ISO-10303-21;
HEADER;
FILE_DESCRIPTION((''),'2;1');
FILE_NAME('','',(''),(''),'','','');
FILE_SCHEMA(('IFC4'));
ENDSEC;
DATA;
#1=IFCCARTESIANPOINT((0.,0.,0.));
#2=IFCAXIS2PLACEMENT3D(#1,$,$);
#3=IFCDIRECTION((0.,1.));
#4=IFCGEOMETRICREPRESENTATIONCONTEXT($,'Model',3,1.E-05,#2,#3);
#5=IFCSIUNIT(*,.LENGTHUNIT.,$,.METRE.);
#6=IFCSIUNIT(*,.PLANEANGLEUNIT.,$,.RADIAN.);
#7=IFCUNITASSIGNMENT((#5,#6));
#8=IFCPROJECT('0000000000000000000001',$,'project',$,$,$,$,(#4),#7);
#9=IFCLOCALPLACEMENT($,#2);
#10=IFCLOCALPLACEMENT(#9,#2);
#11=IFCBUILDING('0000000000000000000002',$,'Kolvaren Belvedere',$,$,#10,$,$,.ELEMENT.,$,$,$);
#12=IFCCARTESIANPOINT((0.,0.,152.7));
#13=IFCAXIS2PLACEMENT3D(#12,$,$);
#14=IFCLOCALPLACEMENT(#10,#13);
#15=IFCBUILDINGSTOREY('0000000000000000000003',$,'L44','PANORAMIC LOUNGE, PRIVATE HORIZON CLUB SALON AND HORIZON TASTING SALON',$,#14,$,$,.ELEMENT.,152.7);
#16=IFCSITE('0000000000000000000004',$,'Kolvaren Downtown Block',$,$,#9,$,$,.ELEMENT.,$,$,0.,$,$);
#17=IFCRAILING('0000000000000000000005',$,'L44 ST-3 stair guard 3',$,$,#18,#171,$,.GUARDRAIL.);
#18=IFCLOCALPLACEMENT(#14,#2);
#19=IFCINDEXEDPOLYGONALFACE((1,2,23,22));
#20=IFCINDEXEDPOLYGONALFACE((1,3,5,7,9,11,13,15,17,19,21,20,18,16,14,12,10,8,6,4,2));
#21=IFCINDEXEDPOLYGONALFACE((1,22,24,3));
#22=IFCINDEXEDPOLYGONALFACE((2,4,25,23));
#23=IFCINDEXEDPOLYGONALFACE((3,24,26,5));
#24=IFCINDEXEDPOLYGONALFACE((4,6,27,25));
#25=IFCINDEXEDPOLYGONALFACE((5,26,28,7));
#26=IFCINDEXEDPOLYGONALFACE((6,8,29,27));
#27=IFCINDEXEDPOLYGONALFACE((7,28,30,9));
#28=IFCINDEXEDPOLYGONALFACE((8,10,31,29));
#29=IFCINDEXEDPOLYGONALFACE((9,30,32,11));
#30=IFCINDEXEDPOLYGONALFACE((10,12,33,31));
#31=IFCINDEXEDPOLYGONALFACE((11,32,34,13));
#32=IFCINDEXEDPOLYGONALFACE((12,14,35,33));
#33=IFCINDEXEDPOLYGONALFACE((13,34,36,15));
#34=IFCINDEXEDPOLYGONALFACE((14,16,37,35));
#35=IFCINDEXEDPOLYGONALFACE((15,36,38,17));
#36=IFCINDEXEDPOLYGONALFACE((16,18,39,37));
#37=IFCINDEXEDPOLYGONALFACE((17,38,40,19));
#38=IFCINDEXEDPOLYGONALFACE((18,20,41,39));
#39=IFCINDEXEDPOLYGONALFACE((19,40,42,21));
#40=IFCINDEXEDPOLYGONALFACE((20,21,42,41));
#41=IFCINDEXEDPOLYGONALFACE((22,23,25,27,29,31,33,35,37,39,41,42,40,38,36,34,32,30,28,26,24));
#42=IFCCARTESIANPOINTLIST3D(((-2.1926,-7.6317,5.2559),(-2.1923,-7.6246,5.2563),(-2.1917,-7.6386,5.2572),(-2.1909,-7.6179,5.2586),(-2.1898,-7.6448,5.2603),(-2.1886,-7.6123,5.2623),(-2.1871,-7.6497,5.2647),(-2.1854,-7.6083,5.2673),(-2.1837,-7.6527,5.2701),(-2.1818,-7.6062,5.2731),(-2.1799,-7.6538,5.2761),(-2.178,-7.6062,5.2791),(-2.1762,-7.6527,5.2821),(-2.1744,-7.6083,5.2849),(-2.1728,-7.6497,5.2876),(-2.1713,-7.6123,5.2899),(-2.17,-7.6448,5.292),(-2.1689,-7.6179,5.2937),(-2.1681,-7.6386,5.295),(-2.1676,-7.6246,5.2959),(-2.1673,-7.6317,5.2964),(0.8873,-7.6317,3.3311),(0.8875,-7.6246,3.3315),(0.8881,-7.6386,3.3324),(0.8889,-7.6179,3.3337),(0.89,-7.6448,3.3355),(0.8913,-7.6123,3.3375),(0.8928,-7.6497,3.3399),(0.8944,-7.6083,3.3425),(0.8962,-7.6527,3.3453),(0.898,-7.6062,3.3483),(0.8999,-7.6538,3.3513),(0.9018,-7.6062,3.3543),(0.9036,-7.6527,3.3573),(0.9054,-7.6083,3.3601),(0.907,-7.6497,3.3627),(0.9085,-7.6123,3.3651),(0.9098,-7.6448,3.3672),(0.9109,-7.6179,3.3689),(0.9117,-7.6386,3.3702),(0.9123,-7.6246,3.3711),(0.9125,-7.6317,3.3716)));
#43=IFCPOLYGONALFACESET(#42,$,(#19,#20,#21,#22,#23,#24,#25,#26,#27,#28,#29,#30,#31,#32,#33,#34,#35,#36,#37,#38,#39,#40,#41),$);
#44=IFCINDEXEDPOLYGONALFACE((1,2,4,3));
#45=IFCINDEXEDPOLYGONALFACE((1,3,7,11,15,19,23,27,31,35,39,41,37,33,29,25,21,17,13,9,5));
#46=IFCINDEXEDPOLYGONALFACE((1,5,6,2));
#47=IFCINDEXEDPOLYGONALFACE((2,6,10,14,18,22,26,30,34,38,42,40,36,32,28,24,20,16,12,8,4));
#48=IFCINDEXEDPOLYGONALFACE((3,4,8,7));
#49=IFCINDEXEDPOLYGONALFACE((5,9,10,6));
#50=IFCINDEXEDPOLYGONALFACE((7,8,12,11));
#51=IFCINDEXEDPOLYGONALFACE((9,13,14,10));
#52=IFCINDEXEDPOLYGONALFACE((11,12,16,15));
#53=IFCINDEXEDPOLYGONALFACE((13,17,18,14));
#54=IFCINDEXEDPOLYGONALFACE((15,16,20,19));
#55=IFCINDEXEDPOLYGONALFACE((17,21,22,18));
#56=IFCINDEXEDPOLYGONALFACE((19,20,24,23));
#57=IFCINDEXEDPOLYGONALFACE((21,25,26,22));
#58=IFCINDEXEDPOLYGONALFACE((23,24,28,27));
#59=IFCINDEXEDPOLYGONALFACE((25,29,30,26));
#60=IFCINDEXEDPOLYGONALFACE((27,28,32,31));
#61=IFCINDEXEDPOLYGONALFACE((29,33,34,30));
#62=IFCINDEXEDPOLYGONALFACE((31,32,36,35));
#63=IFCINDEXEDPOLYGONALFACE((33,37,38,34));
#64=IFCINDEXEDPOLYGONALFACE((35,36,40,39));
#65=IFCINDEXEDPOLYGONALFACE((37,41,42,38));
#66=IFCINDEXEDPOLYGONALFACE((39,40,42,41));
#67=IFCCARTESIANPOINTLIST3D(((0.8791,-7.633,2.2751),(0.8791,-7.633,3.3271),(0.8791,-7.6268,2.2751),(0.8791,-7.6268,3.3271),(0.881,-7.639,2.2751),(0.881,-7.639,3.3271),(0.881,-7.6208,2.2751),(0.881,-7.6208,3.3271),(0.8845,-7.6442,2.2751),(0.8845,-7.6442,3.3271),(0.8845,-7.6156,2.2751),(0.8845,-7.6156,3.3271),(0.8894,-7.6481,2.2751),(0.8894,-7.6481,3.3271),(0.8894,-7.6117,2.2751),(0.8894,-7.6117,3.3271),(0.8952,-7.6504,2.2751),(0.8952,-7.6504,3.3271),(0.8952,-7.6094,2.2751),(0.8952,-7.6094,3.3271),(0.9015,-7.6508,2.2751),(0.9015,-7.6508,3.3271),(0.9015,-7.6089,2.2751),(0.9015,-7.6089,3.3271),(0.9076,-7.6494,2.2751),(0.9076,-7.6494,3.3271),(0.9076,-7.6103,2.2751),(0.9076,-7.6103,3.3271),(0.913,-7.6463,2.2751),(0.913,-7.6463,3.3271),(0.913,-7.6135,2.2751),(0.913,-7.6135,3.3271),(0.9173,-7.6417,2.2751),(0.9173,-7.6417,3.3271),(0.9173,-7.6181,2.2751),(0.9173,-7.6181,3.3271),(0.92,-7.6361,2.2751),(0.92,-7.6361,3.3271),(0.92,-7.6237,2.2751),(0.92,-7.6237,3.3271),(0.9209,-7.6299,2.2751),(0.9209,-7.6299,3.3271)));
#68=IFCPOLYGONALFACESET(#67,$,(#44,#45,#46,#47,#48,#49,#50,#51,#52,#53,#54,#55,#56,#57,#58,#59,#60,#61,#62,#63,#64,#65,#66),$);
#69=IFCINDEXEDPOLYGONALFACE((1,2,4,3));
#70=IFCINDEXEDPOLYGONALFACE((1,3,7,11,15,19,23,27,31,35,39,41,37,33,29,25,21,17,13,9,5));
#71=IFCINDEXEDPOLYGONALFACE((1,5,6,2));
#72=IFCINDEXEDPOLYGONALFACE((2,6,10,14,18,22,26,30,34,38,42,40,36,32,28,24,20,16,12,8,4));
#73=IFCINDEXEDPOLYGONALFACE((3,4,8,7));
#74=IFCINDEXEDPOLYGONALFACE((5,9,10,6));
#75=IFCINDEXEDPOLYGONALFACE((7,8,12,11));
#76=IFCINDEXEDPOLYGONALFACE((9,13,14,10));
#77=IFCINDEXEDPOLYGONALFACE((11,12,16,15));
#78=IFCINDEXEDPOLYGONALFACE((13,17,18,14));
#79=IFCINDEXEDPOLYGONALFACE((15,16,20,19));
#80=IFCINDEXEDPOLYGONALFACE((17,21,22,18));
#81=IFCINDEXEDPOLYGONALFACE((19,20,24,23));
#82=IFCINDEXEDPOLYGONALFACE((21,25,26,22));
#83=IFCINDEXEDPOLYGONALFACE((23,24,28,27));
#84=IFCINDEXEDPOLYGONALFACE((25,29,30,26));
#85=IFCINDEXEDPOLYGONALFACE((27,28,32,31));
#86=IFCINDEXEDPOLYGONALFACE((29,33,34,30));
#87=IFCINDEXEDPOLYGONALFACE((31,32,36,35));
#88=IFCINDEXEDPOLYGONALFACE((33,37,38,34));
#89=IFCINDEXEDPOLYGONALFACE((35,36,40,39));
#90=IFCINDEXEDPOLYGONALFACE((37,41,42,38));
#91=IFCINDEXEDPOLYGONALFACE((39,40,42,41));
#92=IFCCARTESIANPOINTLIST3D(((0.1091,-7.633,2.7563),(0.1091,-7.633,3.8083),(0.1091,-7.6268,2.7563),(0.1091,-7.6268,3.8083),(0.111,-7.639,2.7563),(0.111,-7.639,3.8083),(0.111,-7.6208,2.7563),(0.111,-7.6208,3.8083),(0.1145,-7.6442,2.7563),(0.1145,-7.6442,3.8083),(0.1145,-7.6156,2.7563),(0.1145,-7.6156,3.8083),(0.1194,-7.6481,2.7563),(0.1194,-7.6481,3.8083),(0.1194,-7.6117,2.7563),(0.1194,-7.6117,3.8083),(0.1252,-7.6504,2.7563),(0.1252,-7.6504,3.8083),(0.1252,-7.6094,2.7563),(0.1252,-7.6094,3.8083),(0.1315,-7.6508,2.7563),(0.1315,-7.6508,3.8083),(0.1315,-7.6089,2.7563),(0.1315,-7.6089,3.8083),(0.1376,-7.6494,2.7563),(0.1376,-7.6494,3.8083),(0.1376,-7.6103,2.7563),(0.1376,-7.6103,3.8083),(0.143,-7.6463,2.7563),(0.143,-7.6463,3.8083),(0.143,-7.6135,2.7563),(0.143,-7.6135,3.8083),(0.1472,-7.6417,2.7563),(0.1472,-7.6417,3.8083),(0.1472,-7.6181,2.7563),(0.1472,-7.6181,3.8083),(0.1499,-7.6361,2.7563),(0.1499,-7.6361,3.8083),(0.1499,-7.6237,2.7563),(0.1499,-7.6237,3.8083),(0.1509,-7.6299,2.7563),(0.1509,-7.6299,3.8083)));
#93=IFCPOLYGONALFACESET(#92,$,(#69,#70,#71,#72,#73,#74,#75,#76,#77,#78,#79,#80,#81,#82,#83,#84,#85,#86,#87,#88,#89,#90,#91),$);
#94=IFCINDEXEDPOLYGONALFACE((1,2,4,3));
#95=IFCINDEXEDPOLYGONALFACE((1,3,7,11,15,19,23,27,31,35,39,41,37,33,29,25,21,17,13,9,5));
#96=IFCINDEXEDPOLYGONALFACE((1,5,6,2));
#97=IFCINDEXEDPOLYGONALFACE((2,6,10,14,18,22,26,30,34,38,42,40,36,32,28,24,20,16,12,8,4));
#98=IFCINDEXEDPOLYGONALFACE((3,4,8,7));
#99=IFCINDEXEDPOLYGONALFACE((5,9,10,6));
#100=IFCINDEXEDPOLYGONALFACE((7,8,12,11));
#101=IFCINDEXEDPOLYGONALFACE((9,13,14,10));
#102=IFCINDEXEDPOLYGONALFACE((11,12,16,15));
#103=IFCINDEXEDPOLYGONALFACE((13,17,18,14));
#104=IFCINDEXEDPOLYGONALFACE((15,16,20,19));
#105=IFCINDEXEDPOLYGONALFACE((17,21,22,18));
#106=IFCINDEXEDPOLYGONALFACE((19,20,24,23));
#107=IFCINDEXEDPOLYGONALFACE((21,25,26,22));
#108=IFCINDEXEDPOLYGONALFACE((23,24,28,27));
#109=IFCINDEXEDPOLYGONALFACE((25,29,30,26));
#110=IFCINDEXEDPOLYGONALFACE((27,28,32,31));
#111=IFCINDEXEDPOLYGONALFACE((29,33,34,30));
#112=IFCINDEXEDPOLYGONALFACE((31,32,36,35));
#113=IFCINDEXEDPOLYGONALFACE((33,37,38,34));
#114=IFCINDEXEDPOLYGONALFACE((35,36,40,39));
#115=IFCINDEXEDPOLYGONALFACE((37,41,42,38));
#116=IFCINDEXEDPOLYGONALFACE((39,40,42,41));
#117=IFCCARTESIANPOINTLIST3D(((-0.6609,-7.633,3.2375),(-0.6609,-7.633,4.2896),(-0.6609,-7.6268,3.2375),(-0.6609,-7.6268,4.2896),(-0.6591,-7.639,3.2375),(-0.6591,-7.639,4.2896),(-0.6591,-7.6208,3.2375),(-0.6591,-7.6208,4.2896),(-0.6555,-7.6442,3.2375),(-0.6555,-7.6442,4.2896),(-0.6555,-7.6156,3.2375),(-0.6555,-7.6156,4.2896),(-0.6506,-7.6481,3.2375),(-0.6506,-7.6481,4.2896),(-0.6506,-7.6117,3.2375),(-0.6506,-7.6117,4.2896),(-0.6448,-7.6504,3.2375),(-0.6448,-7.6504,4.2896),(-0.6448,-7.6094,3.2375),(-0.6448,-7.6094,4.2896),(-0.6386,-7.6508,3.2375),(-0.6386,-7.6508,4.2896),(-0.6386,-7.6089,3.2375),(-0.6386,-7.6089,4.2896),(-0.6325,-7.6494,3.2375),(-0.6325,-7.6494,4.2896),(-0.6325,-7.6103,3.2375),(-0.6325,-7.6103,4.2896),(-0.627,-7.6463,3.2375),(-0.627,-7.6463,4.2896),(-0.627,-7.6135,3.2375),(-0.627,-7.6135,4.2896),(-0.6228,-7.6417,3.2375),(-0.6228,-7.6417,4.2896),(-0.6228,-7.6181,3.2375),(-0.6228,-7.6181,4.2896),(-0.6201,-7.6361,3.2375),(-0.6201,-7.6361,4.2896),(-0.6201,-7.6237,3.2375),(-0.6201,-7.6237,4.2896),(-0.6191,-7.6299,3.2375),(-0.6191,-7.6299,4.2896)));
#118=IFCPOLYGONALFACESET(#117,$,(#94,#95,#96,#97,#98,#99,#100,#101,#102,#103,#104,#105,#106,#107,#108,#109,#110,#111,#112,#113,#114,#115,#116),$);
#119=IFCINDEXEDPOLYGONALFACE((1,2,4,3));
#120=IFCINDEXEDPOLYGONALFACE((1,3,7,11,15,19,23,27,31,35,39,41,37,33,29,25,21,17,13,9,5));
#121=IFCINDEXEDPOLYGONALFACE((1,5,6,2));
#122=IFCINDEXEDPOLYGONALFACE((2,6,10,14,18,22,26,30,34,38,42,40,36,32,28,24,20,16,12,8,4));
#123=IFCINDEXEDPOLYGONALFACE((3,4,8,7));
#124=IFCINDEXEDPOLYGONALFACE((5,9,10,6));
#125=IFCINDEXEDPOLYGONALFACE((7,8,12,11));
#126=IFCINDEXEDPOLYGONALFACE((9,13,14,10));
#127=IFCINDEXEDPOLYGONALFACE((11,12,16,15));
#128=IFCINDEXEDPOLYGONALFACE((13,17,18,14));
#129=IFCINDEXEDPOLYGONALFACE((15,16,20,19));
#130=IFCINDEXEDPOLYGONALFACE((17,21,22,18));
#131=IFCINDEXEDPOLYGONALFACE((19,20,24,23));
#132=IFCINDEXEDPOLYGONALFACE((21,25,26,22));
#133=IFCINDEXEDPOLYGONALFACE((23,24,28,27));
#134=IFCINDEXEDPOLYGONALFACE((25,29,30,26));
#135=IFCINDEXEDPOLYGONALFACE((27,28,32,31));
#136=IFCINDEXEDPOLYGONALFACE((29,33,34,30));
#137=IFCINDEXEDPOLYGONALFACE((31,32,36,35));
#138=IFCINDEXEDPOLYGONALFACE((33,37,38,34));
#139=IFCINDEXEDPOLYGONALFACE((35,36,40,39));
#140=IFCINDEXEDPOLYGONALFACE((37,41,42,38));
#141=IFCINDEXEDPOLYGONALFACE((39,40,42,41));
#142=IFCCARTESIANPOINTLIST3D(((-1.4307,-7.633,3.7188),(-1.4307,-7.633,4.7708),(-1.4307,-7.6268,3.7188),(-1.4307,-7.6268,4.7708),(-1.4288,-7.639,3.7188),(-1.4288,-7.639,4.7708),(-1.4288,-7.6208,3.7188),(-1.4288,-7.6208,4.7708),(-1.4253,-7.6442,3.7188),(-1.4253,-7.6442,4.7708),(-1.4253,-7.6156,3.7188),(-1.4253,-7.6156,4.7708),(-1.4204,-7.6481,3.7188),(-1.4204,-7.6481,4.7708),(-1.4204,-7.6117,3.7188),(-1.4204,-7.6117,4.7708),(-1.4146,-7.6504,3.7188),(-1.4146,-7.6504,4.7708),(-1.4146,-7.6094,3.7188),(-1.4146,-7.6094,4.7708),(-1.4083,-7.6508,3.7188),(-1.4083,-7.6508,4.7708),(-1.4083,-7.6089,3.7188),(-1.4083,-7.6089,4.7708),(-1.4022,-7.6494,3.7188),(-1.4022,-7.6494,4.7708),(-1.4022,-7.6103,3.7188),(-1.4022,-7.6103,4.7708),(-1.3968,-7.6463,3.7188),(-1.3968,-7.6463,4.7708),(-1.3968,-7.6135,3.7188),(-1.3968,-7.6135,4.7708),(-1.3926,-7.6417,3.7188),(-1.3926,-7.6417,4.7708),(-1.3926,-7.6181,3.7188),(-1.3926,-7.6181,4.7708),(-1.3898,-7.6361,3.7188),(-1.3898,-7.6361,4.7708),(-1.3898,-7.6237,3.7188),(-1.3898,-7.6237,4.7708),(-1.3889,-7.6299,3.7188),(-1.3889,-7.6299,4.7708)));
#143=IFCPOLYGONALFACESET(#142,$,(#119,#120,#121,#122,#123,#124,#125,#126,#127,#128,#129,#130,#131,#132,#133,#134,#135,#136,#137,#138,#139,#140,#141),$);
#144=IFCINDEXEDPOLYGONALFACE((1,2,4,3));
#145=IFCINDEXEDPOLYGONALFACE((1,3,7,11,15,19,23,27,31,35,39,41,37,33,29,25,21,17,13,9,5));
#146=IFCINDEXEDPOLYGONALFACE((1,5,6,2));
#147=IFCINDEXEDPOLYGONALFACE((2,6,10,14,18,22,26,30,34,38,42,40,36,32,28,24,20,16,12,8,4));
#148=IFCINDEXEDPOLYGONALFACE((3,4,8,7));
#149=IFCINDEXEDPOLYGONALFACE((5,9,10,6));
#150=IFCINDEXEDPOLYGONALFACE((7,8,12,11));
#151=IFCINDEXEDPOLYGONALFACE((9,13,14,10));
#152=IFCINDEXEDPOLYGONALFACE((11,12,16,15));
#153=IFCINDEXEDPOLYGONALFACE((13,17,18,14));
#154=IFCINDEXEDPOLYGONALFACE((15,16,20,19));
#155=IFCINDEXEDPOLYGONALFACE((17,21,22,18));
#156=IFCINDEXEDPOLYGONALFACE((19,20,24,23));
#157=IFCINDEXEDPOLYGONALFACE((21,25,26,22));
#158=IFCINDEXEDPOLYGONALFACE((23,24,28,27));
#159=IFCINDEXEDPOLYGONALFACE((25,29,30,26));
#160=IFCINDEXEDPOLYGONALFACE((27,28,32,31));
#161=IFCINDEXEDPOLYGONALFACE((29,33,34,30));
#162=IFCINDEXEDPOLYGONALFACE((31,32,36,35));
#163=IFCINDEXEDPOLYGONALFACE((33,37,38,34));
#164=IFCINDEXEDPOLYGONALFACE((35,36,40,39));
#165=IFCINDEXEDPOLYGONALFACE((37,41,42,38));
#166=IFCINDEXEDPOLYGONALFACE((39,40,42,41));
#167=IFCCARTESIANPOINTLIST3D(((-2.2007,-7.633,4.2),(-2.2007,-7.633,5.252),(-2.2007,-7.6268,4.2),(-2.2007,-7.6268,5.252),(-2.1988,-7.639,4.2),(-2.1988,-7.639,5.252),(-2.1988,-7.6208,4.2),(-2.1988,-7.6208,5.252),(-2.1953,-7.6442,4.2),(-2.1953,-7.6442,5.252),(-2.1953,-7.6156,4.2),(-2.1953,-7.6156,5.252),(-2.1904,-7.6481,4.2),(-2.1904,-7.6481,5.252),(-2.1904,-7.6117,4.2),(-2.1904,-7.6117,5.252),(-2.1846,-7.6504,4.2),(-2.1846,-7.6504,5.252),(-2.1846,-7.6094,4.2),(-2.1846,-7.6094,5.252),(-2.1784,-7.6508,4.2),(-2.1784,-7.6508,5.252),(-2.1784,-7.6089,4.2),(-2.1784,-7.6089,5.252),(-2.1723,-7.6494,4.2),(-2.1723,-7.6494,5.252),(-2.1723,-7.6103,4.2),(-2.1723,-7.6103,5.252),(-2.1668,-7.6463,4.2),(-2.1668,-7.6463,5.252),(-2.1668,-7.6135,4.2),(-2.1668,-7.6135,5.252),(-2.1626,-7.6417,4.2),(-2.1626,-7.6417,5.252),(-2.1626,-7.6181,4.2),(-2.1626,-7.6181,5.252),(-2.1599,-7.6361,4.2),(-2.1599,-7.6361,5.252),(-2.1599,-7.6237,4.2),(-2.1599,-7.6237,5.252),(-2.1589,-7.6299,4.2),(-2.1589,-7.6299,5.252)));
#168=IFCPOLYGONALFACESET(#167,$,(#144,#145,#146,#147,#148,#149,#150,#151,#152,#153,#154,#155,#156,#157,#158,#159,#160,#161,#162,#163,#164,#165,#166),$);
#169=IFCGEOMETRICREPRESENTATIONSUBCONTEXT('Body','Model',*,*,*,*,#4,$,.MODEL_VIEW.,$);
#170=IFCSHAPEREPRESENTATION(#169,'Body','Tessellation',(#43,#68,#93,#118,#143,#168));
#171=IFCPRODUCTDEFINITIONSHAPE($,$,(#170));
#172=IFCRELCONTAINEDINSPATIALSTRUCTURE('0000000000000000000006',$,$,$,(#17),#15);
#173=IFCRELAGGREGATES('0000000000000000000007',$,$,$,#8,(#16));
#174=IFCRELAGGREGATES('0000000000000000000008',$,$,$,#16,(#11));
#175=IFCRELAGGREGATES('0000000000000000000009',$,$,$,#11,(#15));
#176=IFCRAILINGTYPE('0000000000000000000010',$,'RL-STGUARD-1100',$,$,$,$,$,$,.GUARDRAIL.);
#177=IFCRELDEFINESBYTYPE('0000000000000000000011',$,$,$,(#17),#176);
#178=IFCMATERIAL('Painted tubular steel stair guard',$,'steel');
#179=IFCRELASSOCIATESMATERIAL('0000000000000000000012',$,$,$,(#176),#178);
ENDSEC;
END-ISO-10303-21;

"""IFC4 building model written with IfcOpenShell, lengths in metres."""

from ifc_helpers import new_model, si_unit, direction, frame, origin, origin_2d, place, context, subcontext, project, spatial, circle, extrude, material, type_object, element, save


model = new_model("IFC4")

# Units and contexts
model_context = context("Model", 3, precision=1e-05, world=origin(), true_north=direction((0.0, 1.0)))
body_context = subcontext(model_context, "Body", "Model", "MODEL_VIEW")
ifc_project = project(units=[si_unit("LENGTHUNIT", "METRE"), si_unit("PLANEANGLEUNIT", "RADIAN")], contexts=[model_context])

# Site, building, storey
site_placement = place(None, origin())
site = spatial("IfcSite", under=ifc_project, at=site_placement, Name="Kolvaren Downtown Block", CompositionType="ELEMENT", RefElevation=0.0)
building_placement = place(site_placement, origin())
building = spatial("IfcBuilding", under=site, at=building_placement, Name="Kolvaren Belvedere", CompositionType="ELEMENT")
storey_placement = place(building_placement, frame((0.0, 0.0, 152.7)))
storey = spatial("IfcBuildingStorey", under=building, at=storey_placement, Name="L44", Description="PANORAMIC LOUNGE, PRIVATE HORIZON CLUB SALON AND HORIZON TASTING SALON", CompositionType="ELEMENT", Elevation=152.7)

# Railing
ifc_material_1 = material(Name="Painted tubular steel stair guard", Category="steel")
railing_type = type_object("IfcRailingType", Name="RL-STGUARD-1100", PredefinedType="GUARDRAIL", material=ifc_material_1)
railing_1_placement = place(storey_placement, frame((0.8999, -7.6299, 2.2751)))
element("IfcRailing", 1, at=railing_1_placement, inside=storey, type_object=railing_type, Name="L44 ST-3 stair guard 3", PredefinedType="GUARDRAIL", context=body_context, shape_type="SweptSolid", body=[
    extrude(circle(Radius=0.0239, at=origin_2d()), frame((0.0, 0.0, 1.0762), z_axis=(-0.84801, 0.0, 0.529981), x_axis=(0.0, -1.0, 0.0)), (0.0, 0.0, 1.0), 3.6318),
    extrude(circle(Radius=0.021, at=origin_2d()), origin(), (0.0, 0.0, 1.0), 1.052),
    extrude(circle(Radius=0.021, at=origin_2d()), frame((-0.77, 0.0, 0.4812)), (0.0, 0.0, 1.0), 1.052),
    extrude(circle(Radius=0.021, at=origin_2d()), frame((-1.54, 0.0, 0.9624)), (0.0, 0.0, 1.0), 1.052),
    extrude(circle(Radius=0.021, at=origin_2d()), frame((-2.3098, 0.0, 1.4436)), (0.0, 0.0, 1.0), 1.052),
    extrude(circle(Radius=0.021, at=origin_2d()), frame((-3.0798, 0.0, 1.9248)), (0.0, 0.0, 1.0), 1.052),
])

save(model, "model.ifc")
